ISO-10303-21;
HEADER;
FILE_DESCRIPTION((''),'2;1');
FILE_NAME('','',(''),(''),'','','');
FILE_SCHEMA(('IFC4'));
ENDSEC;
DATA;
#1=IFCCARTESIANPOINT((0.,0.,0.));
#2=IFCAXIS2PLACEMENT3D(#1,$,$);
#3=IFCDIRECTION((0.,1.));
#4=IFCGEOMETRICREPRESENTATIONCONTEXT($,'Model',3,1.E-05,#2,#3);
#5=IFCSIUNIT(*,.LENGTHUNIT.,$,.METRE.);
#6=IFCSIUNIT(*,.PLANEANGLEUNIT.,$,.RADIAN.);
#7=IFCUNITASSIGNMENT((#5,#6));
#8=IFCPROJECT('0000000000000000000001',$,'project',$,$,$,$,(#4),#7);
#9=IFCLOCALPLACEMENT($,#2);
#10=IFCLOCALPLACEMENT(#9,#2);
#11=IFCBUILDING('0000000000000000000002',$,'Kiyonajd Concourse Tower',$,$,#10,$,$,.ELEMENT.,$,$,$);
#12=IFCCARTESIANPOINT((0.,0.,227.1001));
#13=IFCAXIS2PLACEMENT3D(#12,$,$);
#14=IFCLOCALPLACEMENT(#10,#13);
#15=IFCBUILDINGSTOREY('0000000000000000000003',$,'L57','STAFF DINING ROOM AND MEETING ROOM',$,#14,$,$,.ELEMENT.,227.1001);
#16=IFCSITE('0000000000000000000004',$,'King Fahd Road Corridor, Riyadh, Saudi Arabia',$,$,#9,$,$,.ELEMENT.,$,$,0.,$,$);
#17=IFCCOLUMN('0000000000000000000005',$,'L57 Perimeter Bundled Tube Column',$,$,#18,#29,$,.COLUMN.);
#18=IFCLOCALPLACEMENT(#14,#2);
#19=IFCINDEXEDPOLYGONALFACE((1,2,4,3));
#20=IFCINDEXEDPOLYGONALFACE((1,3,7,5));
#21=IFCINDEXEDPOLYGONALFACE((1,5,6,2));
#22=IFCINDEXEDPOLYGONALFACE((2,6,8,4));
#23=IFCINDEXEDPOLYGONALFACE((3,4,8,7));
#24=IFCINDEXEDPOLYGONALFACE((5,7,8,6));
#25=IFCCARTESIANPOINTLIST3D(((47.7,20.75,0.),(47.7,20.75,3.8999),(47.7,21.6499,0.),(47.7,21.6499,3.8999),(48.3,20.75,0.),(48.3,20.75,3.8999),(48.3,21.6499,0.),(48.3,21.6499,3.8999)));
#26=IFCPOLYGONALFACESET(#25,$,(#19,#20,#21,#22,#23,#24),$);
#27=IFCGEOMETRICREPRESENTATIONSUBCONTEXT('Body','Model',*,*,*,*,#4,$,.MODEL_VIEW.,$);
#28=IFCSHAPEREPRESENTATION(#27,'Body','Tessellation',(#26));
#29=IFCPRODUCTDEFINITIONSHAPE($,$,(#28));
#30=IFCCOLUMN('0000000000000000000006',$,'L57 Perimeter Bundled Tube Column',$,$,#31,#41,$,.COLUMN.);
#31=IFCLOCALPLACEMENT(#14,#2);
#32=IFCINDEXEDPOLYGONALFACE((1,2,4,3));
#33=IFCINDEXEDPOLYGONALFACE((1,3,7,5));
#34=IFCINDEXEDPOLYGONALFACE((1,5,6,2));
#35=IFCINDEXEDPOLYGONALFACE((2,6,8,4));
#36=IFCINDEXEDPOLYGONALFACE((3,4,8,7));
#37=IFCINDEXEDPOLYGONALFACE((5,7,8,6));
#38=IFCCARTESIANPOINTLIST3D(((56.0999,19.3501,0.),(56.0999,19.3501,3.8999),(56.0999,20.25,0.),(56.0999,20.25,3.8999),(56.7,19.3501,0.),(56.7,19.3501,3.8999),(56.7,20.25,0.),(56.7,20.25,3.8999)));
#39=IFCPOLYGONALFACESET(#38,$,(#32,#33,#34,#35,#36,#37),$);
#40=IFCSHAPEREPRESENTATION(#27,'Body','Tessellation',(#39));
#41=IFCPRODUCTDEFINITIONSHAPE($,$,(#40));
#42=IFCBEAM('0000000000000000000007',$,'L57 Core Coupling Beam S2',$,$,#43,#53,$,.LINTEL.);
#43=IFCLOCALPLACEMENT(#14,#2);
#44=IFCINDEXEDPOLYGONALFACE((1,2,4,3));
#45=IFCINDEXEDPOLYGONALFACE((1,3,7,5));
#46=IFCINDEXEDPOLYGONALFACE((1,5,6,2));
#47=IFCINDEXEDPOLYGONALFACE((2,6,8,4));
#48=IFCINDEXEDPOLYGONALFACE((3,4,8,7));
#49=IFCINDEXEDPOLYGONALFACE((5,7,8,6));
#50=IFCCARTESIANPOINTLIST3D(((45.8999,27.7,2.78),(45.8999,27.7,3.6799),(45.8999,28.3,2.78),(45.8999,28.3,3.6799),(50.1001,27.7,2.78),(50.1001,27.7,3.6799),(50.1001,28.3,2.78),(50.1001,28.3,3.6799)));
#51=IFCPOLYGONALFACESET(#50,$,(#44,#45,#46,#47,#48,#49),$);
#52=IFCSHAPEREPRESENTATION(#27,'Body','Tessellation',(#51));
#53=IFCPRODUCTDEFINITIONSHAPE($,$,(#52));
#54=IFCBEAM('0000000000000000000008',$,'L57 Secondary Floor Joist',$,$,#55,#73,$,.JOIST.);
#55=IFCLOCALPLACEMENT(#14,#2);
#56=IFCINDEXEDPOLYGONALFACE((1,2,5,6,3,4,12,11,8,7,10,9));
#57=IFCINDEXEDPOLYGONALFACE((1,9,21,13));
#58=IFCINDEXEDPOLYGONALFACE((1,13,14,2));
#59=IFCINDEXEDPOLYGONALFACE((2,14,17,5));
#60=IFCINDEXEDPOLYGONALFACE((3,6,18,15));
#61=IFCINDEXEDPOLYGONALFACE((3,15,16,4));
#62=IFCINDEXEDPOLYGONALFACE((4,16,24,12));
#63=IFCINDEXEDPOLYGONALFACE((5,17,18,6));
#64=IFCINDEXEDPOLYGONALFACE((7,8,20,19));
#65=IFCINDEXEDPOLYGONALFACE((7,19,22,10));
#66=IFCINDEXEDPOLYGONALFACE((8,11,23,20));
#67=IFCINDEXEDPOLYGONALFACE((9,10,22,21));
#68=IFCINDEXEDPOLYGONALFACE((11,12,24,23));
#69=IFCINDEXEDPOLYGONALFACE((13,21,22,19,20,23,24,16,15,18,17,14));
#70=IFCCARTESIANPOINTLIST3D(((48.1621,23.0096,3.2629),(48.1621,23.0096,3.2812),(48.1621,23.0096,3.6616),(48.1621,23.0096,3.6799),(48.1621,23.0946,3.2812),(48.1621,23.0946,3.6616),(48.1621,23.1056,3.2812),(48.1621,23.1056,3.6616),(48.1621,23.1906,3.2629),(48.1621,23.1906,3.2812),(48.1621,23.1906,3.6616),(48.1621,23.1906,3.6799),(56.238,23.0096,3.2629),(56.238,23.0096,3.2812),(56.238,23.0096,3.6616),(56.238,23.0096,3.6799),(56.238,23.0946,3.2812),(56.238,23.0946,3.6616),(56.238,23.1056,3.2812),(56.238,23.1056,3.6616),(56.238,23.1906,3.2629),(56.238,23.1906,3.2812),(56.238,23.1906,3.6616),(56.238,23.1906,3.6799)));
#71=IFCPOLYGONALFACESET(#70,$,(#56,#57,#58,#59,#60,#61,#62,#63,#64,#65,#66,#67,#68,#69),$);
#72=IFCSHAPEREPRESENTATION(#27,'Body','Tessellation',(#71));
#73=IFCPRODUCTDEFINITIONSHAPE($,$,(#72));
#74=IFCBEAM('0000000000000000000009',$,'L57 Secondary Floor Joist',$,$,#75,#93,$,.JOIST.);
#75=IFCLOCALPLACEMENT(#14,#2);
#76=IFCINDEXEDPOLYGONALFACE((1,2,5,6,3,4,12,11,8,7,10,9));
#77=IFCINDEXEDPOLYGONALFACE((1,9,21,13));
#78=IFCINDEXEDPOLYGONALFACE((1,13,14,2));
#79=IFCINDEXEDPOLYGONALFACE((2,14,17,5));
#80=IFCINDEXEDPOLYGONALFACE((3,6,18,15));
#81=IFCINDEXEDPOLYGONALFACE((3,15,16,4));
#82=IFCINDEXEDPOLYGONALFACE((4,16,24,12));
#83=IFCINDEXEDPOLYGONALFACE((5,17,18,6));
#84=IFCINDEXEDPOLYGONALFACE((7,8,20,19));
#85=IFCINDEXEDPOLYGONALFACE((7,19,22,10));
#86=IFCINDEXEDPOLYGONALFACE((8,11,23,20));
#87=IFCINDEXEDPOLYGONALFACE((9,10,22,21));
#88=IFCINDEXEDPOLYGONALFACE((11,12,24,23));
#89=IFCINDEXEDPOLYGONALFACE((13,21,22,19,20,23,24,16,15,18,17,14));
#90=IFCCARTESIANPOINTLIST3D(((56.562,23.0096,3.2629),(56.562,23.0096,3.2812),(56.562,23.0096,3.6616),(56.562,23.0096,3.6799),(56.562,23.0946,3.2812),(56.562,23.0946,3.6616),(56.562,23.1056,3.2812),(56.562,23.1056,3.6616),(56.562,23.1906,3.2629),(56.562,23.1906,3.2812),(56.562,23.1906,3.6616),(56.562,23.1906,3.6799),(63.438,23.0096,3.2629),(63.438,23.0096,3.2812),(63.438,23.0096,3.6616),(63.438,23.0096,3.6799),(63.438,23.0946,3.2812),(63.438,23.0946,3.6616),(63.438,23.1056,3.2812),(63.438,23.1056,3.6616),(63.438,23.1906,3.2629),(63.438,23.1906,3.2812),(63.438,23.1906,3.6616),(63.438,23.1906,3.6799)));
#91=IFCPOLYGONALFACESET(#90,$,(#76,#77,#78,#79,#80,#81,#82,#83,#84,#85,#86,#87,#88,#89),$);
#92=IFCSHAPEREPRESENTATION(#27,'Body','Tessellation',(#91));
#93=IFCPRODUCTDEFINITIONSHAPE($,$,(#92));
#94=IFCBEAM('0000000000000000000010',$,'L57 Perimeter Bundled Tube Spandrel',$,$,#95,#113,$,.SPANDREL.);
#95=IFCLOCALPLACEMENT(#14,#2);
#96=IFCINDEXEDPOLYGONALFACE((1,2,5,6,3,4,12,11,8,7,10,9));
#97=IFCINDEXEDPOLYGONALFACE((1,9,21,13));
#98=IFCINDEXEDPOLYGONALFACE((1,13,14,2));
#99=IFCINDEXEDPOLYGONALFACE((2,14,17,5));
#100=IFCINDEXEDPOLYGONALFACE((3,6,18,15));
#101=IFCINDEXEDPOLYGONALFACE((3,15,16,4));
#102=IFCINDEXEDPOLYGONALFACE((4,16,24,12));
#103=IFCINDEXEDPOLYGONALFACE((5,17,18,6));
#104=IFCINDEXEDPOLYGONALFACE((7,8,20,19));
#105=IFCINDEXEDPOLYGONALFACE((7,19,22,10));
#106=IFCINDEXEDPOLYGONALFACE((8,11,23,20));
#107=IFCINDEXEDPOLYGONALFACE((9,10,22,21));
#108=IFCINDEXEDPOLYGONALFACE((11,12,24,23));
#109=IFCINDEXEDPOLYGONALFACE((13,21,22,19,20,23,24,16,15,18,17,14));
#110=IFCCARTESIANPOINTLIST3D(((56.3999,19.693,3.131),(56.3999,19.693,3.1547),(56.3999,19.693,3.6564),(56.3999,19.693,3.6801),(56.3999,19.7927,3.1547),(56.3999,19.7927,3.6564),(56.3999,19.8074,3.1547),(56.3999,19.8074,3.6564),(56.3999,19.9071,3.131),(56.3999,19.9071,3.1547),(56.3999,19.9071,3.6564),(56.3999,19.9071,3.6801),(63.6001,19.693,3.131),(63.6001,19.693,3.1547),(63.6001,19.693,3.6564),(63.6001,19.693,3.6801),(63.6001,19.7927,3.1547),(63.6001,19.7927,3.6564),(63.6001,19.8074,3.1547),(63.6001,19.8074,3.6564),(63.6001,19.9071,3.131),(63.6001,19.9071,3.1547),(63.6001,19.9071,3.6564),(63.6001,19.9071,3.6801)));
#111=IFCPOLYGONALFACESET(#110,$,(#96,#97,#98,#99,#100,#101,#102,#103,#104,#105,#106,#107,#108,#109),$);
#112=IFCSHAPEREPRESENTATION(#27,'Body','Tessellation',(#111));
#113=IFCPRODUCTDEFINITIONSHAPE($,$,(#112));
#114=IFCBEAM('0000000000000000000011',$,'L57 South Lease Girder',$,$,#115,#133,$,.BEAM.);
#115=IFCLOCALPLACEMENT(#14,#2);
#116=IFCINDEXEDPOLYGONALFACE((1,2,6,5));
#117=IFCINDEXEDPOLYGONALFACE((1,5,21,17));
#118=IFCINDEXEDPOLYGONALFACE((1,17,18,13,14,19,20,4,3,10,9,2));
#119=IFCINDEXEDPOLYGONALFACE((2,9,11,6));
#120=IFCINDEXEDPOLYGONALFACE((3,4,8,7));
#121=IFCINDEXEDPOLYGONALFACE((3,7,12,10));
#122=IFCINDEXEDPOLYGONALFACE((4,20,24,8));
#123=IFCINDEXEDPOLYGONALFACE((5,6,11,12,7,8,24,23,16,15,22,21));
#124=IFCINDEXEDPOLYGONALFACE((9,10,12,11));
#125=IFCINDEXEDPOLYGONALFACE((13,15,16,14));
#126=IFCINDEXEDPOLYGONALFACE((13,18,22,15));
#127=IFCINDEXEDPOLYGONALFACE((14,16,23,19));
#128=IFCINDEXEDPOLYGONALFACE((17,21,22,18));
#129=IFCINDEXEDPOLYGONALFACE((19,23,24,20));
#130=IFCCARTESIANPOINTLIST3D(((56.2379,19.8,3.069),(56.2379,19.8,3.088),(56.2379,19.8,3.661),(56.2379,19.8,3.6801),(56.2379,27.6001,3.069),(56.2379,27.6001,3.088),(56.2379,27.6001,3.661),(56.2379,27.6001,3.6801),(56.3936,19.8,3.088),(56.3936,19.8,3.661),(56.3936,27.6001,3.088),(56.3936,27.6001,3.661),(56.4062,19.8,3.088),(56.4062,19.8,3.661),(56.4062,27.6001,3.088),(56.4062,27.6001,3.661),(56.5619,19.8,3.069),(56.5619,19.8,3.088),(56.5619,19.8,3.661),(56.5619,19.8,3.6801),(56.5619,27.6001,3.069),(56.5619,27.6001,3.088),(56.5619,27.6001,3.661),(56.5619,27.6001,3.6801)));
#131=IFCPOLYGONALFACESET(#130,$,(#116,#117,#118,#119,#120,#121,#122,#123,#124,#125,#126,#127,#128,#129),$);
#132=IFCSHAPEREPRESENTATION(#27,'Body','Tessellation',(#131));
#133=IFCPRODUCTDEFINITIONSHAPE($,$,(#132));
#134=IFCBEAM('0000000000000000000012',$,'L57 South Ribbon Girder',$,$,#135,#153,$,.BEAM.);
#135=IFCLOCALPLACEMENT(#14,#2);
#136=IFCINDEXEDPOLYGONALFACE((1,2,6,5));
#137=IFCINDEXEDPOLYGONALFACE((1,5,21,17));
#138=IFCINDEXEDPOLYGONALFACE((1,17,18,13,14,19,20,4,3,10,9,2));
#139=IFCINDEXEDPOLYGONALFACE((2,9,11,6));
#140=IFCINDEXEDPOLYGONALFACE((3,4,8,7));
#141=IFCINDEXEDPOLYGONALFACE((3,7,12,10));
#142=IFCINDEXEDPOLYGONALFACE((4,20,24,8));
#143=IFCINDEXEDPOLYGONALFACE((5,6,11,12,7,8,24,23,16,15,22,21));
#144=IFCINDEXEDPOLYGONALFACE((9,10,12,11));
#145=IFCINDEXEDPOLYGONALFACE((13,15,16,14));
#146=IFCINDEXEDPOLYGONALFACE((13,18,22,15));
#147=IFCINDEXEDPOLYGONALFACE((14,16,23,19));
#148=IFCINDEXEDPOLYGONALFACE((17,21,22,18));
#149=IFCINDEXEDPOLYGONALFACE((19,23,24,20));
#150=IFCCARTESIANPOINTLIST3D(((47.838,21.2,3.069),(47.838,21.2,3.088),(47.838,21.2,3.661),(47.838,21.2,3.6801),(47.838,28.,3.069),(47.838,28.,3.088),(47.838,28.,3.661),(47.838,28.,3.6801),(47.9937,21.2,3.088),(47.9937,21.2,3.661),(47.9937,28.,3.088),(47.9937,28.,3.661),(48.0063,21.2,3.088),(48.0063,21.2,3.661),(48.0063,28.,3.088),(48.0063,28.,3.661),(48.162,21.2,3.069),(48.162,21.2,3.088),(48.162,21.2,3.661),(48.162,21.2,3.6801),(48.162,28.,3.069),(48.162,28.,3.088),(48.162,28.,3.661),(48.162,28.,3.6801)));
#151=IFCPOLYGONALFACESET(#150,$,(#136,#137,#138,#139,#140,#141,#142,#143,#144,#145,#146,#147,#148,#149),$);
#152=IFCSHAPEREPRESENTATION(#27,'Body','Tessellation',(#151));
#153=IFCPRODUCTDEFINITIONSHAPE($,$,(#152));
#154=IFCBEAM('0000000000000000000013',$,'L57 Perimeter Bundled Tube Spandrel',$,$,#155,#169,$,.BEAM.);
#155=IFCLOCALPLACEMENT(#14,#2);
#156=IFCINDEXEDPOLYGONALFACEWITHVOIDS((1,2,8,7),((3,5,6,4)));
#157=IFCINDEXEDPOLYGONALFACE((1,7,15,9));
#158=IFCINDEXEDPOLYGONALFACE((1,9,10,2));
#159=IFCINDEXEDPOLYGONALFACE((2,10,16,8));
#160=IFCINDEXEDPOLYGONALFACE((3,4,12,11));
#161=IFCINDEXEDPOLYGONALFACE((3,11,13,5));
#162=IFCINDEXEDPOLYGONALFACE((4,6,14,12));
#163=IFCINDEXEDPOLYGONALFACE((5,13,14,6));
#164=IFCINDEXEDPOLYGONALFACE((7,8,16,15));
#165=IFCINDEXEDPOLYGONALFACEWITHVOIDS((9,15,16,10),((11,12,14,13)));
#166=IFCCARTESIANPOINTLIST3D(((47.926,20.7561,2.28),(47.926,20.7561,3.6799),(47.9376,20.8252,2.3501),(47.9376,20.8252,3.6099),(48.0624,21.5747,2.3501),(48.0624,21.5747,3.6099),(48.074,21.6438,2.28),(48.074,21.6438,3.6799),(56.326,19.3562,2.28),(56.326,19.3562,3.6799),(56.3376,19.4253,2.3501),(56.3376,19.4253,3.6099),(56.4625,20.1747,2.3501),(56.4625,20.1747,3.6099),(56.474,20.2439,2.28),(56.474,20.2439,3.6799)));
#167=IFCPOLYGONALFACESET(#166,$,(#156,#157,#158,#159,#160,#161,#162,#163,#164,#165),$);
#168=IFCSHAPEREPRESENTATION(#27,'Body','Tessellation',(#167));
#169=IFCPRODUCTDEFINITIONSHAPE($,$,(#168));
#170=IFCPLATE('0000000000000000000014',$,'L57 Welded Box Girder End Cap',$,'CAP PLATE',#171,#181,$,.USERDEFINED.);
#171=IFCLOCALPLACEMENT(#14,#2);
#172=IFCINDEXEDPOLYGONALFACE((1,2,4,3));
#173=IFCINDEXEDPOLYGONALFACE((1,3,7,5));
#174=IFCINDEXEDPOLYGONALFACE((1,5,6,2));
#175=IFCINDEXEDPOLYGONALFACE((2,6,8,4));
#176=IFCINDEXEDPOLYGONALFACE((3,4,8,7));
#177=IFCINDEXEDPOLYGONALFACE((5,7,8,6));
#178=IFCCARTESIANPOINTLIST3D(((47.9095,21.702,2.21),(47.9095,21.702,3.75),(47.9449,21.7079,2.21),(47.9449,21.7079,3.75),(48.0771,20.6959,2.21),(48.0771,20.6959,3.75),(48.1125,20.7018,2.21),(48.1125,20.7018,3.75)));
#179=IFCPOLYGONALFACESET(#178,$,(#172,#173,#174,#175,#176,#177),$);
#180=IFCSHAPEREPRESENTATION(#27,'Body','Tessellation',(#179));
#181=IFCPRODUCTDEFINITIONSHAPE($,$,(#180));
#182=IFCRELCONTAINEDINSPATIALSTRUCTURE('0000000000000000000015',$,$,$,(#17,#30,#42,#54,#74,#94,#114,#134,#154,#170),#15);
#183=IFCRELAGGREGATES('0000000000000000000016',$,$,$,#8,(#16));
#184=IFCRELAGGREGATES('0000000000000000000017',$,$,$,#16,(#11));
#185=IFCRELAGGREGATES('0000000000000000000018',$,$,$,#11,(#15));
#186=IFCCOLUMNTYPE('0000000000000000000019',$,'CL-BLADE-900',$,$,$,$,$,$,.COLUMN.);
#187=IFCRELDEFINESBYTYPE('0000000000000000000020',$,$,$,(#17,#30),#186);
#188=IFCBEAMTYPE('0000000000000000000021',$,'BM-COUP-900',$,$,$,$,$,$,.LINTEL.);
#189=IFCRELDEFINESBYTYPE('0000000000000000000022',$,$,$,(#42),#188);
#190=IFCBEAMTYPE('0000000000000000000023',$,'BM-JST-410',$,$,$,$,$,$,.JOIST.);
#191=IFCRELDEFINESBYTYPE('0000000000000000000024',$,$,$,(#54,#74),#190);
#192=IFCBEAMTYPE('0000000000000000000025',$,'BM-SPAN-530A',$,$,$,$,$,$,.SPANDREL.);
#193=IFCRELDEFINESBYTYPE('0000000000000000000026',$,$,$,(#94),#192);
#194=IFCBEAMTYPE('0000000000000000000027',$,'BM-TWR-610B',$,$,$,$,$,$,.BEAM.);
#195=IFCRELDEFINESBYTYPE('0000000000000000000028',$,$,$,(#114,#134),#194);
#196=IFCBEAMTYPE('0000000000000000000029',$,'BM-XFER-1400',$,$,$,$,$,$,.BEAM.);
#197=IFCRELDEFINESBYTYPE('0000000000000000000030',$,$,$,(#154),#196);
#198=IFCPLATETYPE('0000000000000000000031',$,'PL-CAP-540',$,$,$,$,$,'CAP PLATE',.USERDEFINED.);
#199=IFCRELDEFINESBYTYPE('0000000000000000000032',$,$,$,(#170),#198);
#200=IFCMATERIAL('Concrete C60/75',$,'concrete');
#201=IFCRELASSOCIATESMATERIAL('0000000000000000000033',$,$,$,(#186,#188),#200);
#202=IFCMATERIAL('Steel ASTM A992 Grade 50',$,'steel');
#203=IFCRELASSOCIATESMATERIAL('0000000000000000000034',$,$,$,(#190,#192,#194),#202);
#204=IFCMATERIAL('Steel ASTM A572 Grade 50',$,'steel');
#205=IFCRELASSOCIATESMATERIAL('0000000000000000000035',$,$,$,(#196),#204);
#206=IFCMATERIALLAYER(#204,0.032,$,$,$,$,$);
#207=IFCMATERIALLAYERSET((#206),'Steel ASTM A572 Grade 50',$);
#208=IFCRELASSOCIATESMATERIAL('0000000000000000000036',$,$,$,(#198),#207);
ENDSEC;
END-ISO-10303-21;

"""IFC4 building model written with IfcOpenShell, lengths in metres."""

from ifc_helpers import new_model, si_unit, direction, frame, origin, origin_2d, place, context, subcontext, project, spatial, rectangle, hollow_rectangle, i_section, extrude, material, layer, layer_set, material_profile, profile_set, type_object, element, save


model = new_model("IFC4")

# Units and contexts
model_context = context("Model", 3, precision=1e-05, world=origin(), true_north=direction((0.0, 1.0)))
body_context = subcontext(model_context, "Body", "Model", "MODEL_VIEW")
ifc_project = project(units=[si_unit("LENGTHUNIT", "METRE"), si_unit("PLANEANGLEUNIT", "RADIAN")], contexts=[model_context])

# Site, building, storey
site_placement = place(None, origin())
site = spatial("IfcSite", under=ifc_project, at=site_placement, Name="King Fahd Road Corridor, Riyadh, Saudi Arabia", CompositionType="ELEMENT", RefElevation=0.0)
building_placement = place(site_placement, origin())
building = spatial("IfcBuilding", under=site, at=building_placement, Name="Kiyonajd Concourse Tower", CompositionType="ELEMENT")
storey_placement = place(building_placement, frame((0.0, 0.0, 227.1001)))
storey = spatial("IfcBuildingStorey", under=building, at=storey_placement, Name="L57", Description="STAFF DINING ROOM AND MEETING ROOM", CompositionType="ELEMENT", Elevation=227.1001)

# Columns
ifc_material_1 = material(Name="Concrete C60/75", Category="concrete")
ifc_material_profile_1 = material_profile(ifc_material_1, rectangle(XDim=0.6001, YDim=0.8999, at=origin_2d()), Name="RC-900x600")
ifc_profile_set_1 = profile_set([ifc_material_profile_1], Name="Concrete C60/75")
column_type = type_object("IfcColumnType", Name="CL-BLADE-900", PredefinedType="COLUMN", material=ifc_profile_set_1)
for number, where, z_axis, x_axis, name in (
    (1, (48.0, 21.2, 0.0), (0.0, 0.0, 1.0), (1.0, 0.0, 0.0), "L57 Perimeter Bundled Tube Column"),
    (2, (56.3999, 19.8, 0.0), (0.0, 0.0, 1.0), (1.0, 0.0, 0.0), "L57 Perimeter Bundled Tube Column"),
):
    element("IfcColumn", number, at=place(storey_placement, frame(where, z_axis=z_axis, x_axis=x_axis)), inside=storey, type_object=column_type, Name=name, PredefinedType="COLUMN", context=body_context, shape_type="SweptSolid", body=[
        extrude(rectangle(XDim=0.6001, YDim=0.8999, at=origin_2d()), origin(), (0.0, 0.0, 1.0), 3.8999),
    ])

# Beams
ifc_material_profile_2 = material_profile(ifc_material_1, rectangle(XDim=0.6001, YDim=0.8999, at=origin_2d()), Name="RCBM-600x900")
ifc_profile_set_2 = profile_set([ifc_material_profile_2], Name="Concrete C60/75")
beam_type_1 = type_object("IfcBeamType", Name="BM-COUP-900", PredefinedType="LINTEL", material=ifc_profile_set_2)
beam_1_placement = place(storey_placement, frame((45.8999, 28.0, 3.23), z_axis=(1.0, 0.0, 0.0), x_axis=(0.0, 1.0, 0.0)))
element("IfcBeam", 3, at=beam_1_placement, inside=storey, type_object=beam_type_1, Name="L57 Core Coupling Beam S2", PredefinedType="LINTEL", context=body_context, shape_type="SweptSolid", body=[
    extrude(rectangle(XDim=0.6001, YDim=0.8999, at=origin_2d()), origin(), (0.0, 0.0, 1.0), 4.2002),
])
ifc_material_2 = material(Name="Steel ASTM A992 Grade 50", Category="steel")
ifc_material_profile_3 = material_profile(ifc_material_2, i_section(OverallWidth=0.1809, OverallDepth=0.417, WebThickness=0.011, FlangeThickness=0.0183, at=origin_2d()), Name="W410X85")
ifc_profile_set_3 = profile_set([ifc_material_profile_3], Name="Steel ASTM A992 Grade 50")
beam_type_2 = type_object("IfcBeamType", Name="BM-JST-410", PredefinedType="JOIST", material=ifc_profile_set_3)
beam_2_placement = place(storey_placement, frame((48.1621, 23.1001, 3.4714), z_axis=(1.0, 0.0, 0.0), x_axis=(0.0, 1.0, 0.0)))
element("IfcBeam", 4, at=beam_2_placement, inside=storey, type_object=beam_type_2, Name="L57 Secondary Floor Joist", PredefinedType="JOIST", context=body_context, shape_type="SweptSolid", body=[
    extrude(i_section(OverallWidth=0.1809, OverallDepth=0.417, WebThickness=0.011, FlangeThickness=0.0183, at=origin_2d()), origin(), (0.0, 0.0, 1.0), 8.0759),
])
beam_3_placement = place(storey_placement, frame((56.562, 23.1001, 3.4714), z_axis=(1.0, 0.0, 0.0), x_axis=(0.0, 1.0, 0.0)))
element("IfcBeam", 5, at=beam_3_placement, inside=storey, type_object=beam_type_2, Name="L57 Secondary Floor Joist", PredefinedType="JOIST", context=body_context, shape_type="SweptSolid", body=[
    extrude(i_section(OverallWidth=0.1809, OverallDepth=0.417, WebThickness=0.011, FlangeThickness=0.0183, at=origin_2d()), origin(), (0.0, 0.0, 1.0), 6.876),
])
ifc_material_profile_4 = material_profile(ifc_material_2, i_section(OverallWidth=0.2141, OverallDepth=0.5491, WebThickness=0.0146, FlangeThickness=0.0237, at=origin_2d()), Name="W530X138")
ifc_profile_set_4 = profile_set([ifc_material_profile_4], Name="Steel ASTM A992 Grade 50")
beam_type_3 = type_object("IfcBeamType", Name="BM-SPAN-530A", PredefinedType="SPANDREL", material=ifc_profile_set_4)
beam_4_placement = place(storey_placement, frame((56.3999, 19.8, 3.4055), z_axis=(1.0, 0.0, 0.0), x_axis=(0.0, 1.0, 0.0)))
element("IfcBeam", 6, at=beam_4_placement, inside=storey, type_object=beam_type_3, Name="L57 Perimeter Bundled Tube Spandrel", PredefinedType="SPANDREL", context=body_context, shape_type="SweptSolid", body=[
    extrude(i_section(OverallWidth=0.2141, OverallDepth=0.5491, WebThickness=0.0146, FlangeThickness=0.0237, at=origin_2d()), origin(), (0.0, 0.0, 1.0), 7.2002),
])
ifc_material_profile_5 = material_profile(ifc_material_2, i_section(OverallWidth=0.324, OverallDepth=0.6111, WebThickness=0.0127, FlangeThickness=0.019, at=origin_2d()), Name="W610X155")
ifc_profile_set_5 = profile_set([ifc_material_profile_5], Name="Steel ASTM A992 Grade 50")
beam_type_4 = type_object("IfcBeamType", Name="BM-TWR-610B", PredefinedType="BEAM", material=ifc_profile_set_5)
beam_5_placement = place(storey_placement, frame((56.3999, 19.8, 3.3745), z_axis=(0.0, 1.0, 0.0), x_axis=(-1.0, 0.0, 0.0)))
element("IfcBeam", 7, at=beam_5_placement, inside=storey, type_object=beam_type_4, Name="L57 South Lease Girder", PredefinedType="BEAM", context=body_context, shape_type="SweptSolid", body=[
    extrude(i_section(OverallWidth=0.324, OverallDepth=0.6111, WebThickness=0.0127, FlangeThickness=0.019, at=origin_2d()), origin(), (0.0, 0.0, 1.0), 7.8),
])
beam_6_placement = place(storey_placement, frame((48.0, 21.2, 3.3745), z_axis=(0.0, 1.0, 0.0), x_axis=(-1.0, 0.0, 0.0)))
element("IfcBeam", 8, at=beam_6_placement, inside=storey, type_object=beam_type_4, Name="L57 South Ribbon Girder", PredefinedType="BEAM", context=body_context, shape_type="SweptSolid", body=[
    extrude(i_section(OverallWidth=0.324, OverallDepth=0.6111, WebThickness=0.0127, FlangeThickness=0.019, at=origin_2d()), origin(), (0.0, 0.0, 1.0), 6.8),
])
ifc_material_3 = material(Name="Steel ASTM A572 Grade 50", Category="steel")
ifc_material_profile_6 = material_profile(ifc_material_3, hollow_rectangle(XDim=0.8999, YDim=1.3999, WallThickness=0.0701, at=origin_2d()), Name="BOX-1400x900x70")
ifc_profile_set_6 = profile_set([ifc_material_profile_6], Name="Steel ASTM A572 Grade 50")
beam_type_5 = type_object("IfcBeamType", Name="BM-XFER-1400", PredefinedType="BEAM", material=ifc_profile_set_6)
beam_7_placement = place(storey_placement, frame((48.0, 21.2, 2.98), z_axis=(0.986395, -0.16439, 0.0), x_axis=(0.16439, 0.986395, 0.0)))
element("IfcBeam", 9, at=beam_7_placement, inside=storey, type_object=beam_type_5, Name="L57 Perimeter Bundled Tube Spandrel", PredefinedType="BEAM", context=body_context, shape_type="SweptSolid", body=[
    extrude(hollow_rectangle(XDim=0.8999, YDim=1.3999, WallThickness=0.0701, at=origin_2d()), origin(), (0.0, 0.0, 1.0), 8.5159),
])

# Plate
ifc_layer_1 = layer(ifc_material_3, 0.032)
ifc_layer_set_1 = layer_set([ifc_layer_1], Name="Steel ASTM A572 Grade 50")
plate_type_1 = type_object("IfcPlateType", Name="PL-CAP-540", ElementType="CAP PLATE", PredefinedType="USERDEFINED", material=ifc_layer_set_1)
for number, where, z_axis, x_axis, name in (
    (10, (48.011, 21.2019, 2.21), (0.0, 0.0, 1.0), (0.986401, 0.164359, 0.0), "L57 Welded Box Girder End Cap"),
):
    element("IfcPlate", number, at=place(storey_placement, frame(where, z_axis=z_axis, x_axis=x_axis)), inside=storey, type_object=plate_type_1, Name=name, ObjectType="CAP PLATE", PredefinedType="USERDEFINED", context=body_context, shape_type="SweptSolid", body=[
        extrude(rectangle(XDim=0.0359, YDim=1.02, at=origin_2d()), origin(), (0.0, 0.0, 1.0), 1.54),
    ])

save(model, "model.ifc")
